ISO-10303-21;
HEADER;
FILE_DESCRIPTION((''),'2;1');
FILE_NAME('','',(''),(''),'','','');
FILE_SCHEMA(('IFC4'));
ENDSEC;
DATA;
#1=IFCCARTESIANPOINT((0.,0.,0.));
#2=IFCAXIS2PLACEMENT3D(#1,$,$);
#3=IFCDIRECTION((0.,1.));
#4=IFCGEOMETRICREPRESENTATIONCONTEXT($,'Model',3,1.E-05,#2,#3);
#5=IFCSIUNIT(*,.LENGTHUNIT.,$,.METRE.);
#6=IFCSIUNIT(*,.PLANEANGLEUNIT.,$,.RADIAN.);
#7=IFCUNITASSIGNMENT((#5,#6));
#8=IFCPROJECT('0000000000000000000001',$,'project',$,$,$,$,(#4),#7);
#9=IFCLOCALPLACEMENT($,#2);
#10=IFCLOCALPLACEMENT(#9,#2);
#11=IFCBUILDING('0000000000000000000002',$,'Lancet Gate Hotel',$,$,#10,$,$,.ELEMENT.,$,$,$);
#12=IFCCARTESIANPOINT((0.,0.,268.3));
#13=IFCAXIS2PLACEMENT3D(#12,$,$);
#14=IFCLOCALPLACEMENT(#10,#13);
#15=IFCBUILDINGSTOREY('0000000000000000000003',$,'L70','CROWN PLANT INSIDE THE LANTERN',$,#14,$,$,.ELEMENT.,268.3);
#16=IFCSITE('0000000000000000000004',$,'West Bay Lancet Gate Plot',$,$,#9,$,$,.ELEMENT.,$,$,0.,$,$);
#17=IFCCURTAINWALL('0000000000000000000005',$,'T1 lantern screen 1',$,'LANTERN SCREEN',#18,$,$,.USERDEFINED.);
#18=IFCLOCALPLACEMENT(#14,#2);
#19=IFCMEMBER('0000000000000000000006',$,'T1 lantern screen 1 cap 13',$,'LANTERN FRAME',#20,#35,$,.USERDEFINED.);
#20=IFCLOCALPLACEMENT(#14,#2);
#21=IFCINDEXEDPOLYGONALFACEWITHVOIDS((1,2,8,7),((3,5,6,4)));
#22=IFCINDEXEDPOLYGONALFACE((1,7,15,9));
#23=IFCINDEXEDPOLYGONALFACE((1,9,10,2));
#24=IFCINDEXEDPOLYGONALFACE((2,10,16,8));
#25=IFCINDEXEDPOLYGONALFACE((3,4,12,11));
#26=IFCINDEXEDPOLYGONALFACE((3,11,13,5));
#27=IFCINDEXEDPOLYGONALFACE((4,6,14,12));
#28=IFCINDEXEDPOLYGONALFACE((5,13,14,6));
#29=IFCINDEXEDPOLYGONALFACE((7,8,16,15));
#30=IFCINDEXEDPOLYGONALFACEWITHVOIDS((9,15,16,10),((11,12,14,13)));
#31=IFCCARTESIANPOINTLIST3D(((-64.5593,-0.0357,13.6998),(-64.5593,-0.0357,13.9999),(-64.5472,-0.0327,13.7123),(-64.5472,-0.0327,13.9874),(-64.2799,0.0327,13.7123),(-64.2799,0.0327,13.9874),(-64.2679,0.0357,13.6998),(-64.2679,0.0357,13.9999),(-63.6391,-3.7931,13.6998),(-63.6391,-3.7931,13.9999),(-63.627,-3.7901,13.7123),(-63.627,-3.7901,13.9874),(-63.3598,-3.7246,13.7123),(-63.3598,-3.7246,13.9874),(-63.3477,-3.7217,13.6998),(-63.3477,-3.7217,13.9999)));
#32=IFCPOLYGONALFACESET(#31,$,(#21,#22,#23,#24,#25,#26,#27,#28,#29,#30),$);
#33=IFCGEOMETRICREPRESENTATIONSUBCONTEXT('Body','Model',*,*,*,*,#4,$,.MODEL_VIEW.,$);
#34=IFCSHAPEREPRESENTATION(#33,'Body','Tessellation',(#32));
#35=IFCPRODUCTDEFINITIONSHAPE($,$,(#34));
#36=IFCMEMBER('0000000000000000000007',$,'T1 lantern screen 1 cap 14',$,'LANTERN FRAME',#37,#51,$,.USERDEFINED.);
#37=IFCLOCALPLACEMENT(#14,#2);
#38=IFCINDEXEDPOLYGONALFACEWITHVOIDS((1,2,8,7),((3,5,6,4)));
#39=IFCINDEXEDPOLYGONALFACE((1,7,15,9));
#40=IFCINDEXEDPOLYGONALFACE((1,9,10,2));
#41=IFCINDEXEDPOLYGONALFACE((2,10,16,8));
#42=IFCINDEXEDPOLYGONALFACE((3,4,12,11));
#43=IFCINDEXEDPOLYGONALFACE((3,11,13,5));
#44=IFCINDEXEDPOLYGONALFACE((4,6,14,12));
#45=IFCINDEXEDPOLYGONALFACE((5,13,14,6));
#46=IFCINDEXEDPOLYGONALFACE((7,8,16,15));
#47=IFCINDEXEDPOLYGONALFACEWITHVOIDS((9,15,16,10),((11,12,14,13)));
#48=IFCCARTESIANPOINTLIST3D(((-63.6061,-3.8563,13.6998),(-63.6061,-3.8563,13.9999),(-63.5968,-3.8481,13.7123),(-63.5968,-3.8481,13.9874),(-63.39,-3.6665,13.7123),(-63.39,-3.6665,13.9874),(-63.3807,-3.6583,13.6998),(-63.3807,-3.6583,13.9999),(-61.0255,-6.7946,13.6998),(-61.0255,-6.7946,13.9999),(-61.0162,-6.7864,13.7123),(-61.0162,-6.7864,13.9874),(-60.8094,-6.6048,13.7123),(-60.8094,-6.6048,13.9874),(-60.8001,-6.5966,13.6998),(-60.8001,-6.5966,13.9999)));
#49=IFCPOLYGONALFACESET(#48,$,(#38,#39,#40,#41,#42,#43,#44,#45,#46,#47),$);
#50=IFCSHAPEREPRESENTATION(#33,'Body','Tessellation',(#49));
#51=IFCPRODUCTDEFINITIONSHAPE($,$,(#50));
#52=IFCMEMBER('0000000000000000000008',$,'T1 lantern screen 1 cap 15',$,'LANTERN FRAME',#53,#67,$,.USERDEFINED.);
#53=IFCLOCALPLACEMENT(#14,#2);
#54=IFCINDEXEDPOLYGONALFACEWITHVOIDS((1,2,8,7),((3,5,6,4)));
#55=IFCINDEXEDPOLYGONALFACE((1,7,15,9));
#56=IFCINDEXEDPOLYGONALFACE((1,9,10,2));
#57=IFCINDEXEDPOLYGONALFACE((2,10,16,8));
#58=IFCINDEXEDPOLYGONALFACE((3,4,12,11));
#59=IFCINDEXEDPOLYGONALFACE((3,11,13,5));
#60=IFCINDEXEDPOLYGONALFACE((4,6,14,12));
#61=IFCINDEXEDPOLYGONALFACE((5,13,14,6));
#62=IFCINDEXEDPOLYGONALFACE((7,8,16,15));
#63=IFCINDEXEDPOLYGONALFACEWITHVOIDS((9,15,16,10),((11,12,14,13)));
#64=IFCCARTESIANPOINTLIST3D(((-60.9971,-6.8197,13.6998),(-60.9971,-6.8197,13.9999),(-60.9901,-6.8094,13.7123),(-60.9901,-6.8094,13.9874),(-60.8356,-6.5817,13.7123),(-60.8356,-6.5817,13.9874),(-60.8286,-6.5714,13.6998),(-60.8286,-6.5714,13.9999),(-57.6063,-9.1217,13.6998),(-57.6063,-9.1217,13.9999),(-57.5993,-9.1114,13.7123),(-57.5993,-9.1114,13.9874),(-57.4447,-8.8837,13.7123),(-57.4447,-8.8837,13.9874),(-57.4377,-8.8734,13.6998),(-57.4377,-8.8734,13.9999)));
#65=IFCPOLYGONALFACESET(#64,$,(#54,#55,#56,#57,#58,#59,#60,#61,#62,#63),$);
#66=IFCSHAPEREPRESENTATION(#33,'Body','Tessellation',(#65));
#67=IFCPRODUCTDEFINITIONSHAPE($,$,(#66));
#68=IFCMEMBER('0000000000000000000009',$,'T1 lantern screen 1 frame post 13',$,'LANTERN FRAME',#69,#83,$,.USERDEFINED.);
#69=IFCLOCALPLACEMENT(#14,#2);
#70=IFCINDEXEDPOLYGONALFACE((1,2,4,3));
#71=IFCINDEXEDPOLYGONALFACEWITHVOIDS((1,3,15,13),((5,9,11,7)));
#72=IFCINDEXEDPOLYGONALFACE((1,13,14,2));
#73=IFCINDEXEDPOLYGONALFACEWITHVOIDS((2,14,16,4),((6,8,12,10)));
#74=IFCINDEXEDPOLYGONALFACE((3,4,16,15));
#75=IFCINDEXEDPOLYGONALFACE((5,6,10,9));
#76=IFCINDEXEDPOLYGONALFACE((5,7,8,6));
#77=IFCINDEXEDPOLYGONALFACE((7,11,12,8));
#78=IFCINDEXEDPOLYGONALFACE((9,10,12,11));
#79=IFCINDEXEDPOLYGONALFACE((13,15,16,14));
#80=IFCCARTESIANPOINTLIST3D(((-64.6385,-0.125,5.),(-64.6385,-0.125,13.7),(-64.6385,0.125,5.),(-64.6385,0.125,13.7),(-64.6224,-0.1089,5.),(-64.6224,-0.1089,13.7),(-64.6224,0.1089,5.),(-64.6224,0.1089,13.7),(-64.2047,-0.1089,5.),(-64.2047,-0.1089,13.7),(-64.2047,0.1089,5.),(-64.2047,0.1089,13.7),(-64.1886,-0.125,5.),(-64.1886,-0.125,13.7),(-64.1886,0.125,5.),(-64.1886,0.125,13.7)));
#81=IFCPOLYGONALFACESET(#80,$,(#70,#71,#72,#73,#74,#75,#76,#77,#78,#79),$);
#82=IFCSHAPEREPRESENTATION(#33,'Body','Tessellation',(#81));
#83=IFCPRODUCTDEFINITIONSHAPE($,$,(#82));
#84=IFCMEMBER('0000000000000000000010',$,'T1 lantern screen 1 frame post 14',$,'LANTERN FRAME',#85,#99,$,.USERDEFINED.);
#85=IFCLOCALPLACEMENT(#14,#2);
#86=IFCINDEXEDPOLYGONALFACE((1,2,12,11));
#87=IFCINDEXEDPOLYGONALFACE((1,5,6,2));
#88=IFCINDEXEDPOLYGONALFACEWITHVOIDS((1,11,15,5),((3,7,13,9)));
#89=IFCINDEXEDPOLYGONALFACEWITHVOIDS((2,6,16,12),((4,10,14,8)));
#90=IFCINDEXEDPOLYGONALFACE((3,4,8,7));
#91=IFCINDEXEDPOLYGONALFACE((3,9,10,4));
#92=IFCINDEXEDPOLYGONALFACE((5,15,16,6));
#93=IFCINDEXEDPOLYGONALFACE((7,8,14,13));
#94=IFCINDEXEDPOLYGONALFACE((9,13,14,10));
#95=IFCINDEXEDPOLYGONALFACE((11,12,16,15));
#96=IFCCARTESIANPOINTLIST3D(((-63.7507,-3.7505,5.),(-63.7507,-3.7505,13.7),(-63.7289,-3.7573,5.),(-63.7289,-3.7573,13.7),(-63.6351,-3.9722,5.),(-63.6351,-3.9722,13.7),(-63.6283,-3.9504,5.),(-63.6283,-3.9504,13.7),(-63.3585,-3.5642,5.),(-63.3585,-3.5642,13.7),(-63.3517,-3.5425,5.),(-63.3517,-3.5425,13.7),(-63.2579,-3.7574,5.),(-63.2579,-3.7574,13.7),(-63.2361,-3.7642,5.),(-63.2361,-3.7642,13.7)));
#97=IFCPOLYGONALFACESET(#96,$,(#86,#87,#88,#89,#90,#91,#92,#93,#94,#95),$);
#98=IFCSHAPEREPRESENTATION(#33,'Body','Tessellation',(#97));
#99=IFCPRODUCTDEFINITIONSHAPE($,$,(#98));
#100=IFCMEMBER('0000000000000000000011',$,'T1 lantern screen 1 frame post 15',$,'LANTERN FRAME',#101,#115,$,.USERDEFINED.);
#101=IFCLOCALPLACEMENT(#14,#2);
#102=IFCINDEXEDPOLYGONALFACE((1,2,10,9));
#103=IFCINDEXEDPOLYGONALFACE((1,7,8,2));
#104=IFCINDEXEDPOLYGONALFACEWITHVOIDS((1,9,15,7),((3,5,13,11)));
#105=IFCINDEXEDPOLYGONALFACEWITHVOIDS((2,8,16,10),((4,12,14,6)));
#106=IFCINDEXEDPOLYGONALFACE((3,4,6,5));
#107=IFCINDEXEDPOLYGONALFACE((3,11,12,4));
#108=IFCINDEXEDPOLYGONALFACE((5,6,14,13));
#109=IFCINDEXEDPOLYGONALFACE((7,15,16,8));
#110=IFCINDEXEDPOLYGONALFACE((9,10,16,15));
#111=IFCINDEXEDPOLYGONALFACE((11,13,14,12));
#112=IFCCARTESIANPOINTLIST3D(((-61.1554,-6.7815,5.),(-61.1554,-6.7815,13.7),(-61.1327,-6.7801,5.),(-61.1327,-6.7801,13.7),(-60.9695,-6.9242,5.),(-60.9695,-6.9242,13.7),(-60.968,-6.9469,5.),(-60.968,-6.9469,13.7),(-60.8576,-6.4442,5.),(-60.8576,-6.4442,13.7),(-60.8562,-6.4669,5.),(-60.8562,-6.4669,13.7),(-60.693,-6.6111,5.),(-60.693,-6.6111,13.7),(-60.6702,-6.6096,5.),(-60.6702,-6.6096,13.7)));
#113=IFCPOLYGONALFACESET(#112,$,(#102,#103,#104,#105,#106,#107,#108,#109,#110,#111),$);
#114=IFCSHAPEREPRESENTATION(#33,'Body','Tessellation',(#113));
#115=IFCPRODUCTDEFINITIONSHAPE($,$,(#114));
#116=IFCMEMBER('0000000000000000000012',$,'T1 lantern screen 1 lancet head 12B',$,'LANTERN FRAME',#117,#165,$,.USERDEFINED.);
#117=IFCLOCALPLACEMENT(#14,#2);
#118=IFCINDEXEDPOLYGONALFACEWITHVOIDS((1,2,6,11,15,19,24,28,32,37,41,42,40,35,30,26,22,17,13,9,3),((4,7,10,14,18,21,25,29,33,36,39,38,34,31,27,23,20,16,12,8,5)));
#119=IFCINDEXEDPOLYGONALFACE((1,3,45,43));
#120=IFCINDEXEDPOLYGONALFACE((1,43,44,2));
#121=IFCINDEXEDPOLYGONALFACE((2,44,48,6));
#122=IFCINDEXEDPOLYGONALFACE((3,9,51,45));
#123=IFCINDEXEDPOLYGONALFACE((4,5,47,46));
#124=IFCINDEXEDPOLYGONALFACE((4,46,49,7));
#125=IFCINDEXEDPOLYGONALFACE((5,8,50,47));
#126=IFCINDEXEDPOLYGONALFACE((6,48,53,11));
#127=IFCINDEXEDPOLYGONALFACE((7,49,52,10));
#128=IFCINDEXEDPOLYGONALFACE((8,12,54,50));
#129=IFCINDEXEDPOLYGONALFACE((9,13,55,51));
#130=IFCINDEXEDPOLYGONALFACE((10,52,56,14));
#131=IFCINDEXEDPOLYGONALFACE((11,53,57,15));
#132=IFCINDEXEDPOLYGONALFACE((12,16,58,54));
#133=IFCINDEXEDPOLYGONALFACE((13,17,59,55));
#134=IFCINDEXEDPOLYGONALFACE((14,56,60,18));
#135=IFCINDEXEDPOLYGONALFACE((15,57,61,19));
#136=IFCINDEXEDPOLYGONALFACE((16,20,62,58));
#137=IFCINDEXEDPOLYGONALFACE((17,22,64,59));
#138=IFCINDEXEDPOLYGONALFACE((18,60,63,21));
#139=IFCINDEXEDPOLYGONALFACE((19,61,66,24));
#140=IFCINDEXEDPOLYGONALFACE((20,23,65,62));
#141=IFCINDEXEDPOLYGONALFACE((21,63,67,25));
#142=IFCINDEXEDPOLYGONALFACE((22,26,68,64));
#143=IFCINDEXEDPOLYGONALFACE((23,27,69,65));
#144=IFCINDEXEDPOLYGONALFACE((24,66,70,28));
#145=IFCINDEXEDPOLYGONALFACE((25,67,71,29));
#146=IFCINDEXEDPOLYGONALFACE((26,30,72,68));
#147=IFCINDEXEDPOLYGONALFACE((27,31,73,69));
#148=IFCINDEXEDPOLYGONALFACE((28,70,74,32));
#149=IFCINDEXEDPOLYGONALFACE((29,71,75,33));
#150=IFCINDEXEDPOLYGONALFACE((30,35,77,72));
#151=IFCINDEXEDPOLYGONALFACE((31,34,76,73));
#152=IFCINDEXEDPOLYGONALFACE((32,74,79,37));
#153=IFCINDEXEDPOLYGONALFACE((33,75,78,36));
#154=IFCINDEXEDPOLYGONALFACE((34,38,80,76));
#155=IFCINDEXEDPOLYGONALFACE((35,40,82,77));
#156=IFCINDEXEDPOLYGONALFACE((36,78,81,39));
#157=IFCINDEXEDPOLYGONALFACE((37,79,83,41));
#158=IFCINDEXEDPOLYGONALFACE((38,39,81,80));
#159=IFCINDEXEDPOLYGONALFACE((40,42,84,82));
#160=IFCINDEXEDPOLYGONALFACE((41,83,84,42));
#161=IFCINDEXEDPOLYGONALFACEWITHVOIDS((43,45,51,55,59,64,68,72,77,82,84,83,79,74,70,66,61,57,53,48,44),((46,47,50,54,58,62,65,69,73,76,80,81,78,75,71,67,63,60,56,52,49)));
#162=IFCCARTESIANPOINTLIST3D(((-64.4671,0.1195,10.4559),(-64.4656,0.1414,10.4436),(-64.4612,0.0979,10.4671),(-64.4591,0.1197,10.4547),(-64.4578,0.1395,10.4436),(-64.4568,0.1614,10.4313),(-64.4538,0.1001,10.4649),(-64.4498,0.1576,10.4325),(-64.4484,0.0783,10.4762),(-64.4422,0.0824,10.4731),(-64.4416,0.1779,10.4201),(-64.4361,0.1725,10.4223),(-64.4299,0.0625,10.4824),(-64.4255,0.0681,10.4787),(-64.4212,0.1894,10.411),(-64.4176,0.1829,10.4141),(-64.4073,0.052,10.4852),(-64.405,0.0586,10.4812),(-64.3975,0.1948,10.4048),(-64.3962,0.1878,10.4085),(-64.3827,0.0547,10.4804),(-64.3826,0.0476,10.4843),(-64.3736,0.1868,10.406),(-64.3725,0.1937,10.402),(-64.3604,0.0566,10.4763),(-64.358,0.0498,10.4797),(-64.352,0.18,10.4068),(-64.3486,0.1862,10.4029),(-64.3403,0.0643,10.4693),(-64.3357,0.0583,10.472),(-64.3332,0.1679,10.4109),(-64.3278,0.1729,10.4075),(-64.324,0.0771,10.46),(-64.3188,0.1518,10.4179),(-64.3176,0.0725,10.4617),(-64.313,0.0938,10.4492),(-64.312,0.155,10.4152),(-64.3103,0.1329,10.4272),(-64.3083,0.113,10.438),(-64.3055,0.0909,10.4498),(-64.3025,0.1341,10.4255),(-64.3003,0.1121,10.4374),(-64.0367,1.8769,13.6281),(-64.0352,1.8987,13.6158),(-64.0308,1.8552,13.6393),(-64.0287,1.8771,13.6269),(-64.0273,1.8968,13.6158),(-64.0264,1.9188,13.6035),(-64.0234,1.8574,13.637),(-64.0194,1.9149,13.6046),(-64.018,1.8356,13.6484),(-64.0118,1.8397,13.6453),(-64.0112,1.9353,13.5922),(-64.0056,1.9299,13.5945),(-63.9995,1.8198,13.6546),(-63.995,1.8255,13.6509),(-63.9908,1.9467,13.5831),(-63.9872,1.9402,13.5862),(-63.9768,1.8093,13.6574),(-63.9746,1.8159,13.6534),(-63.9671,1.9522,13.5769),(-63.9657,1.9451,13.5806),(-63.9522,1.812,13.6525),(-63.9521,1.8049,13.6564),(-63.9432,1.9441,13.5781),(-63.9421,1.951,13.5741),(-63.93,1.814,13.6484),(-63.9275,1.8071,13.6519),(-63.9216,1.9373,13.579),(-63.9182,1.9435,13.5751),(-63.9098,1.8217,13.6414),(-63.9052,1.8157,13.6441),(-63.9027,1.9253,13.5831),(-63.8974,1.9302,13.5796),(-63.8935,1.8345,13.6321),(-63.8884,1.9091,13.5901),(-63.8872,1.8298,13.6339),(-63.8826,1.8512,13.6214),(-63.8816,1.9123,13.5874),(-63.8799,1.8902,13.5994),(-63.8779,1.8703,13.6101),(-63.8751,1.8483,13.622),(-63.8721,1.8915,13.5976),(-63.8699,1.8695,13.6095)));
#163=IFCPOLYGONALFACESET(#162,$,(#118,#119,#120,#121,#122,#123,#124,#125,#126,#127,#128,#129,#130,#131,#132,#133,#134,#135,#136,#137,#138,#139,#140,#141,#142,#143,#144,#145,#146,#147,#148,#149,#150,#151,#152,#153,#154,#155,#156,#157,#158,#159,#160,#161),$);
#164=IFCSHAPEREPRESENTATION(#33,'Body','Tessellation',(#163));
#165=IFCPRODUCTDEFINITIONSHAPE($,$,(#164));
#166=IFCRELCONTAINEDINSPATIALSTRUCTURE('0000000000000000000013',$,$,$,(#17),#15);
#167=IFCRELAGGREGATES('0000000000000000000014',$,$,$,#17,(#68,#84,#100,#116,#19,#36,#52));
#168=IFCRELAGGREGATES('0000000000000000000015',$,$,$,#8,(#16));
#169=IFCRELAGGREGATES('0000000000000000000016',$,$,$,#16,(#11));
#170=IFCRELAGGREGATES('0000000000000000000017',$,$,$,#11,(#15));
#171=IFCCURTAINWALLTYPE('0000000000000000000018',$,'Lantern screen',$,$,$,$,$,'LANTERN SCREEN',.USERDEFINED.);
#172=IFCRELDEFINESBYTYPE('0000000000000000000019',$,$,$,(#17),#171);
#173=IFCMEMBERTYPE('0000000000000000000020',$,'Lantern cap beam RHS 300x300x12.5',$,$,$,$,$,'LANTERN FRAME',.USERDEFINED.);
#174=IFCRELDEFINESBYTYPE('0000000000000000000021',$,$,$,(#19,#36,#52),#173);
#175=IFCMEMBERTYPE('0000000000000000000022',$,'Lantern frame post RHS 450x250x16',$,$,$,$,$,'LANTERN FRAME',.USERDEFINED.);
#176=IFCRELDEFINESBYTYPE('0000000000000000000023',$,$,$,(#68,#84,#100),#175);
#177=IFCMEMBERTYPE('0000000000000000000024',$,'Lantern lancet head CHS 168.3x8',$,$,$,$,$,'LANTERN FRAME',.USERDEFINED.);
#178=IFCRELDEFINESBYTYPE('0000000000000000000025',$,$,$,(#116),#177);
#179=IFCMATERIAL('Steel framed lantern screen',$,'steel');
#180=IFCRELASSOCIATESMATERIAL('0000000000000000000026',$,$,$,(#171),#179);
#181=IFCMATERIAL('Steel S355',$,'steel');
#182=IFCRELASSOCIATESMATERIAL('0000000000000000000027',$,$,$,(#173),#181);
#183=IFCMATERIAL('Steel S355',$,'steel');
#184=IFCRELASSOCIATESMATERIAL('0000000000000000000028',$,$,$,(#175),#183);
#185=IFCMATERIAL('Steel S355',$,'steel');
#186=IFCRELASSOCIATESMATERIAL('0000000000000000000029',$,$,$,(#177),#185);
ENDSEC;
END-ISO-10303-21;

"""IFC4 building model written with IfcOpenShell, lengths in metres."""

from ifc_helpers import new_model, si_unit, direction, frame, origin, origin_2d, place, context, subcontext, project, spatial, hollow_rectangle, hollow_circle, extrude, material, material_profile, profile_set, type_object, element, aggregate, save


model = new_model("IFC4")

# Units and contexts
model_context = context("Model", 3, precision=1e-05, world=origin(), true_north=direction((0.0, 1.0)))
body_context = subcontext(model_context, "Body", "Model", "MODEL_VIEW")
ifc_project = project(units=[si_unit("LENGTHUNIT", "METRE"), si_unit("PLANEANGLEUNIT", "RADIAN")], contexts=[model_context])

# Site, building, storey
site_placement = place(None, origin())
site = spatial("IfcSite", under=ifc_project, at=site_placement, Name="West Bay Lancet Gate Plot", CompositionType="ELEMENT", RefElevation=0.0)
building_placement = place(site_placement, origin())
building = spatial("IfcBuilding", under=site, at=building_placement, Name="Lancet Gate Hotel", CompositionType="ELEMENT")
storey_placement = place(building_placement, frame((0.0, 0.0, 268.3)))
storey = spatial("IfcBuildingStorey", under=building, at=storey_placement, Name="L70", Description="CROWN PLANT INSIDE THE LANTERN", CompositionType="ELEMENT", Elevation=268.3)

# Curtain wall, members
ifc_material_1 = material(Name="Steel framed lantern screen", Category="steel")
curtain_wall_type_1 = type_object("IfcCurtainWallType", Name="Lantern screen", ElementType="LANTERN SCREEN", PredefinedType="USERDEFINED", material=ifc_material_1)
curtain_wall_1_placement = place(storey_placement, origin())
curtain_wall_1 = element("IfcCurtainWall", 1, at=curtain_wall_1_placement, inside=storey, type_object=curtain_wall_type_1, Name="T1 lantern screen 1", ObjectType="LANTERN SCREEN", PredefinedType="USERDEFINED")
ifc_material_2 = material(Name="Steel S355", Category="steel")
ifc_material_profile_1 = material_profile(ifc_material_2, hollow_rectangle(XDim=0.3, YDim=0.3, WallThickness=0.0125, at=origin_2d()), Name="RHS 300x300x12.5")
ifc_profile_set_1 = profile_set([ifc_material_profile_1], Name="Steel S355")
member_type_1 = type_object("IfcMemberType", Name="Lantern cap beam RHS 300x300x12.5", ElementType="LANTERN FRAME", PredefinedType="USERDEFINED", material=ifc_profile_set_1)
member_1_placement = place(storey_placement, frame((-64.4136, 0.0, 13.8499), z_axis=(0.23787, -0.971297, 0.0), x_axis=(0.971297, 0.23787, 0.0)))
member_1 = element("IfcMember", 2, at=member_1_placement, type_object=member_type_1, Name="T1 lantern screen 1 cap 13", ObjectType="LANTERN FRAME", PredefinedType="USERDEFINED", context=body_context, shape_type="SweptSolid", body=[
    extrude(hollow_rectangle(XDim=0.3, YDim=0.3, WallThickness=0.0125, at=origin_2d()), origin(), (0.0, 0.0, 1.0), 3.8684),
])
member_2_placement = place(storey_placement, frame((-63.4934, -3.7573, 13.8499), z_axis=(0.659896, -0.751357, 0.0), x_axis=(0.751357, 0.659896, 0.0)))
member_2 = element("IfcMember", 3, at=member_2_placement, type_object=member_type_1, Name="T1 lantern screen 1 cap 14", ObjectType="LANTERN FRAME", PredefinedType="USERDEFINED", context=body_context, shape_type="SweptSolid", body=[
    extrude(hollow_rectangle(XDim=0.3, YDim=0.3, WallThickness=0.0125, at=origin_2d()), origin(), (0.0, 0.0, 1.0), 3.9106),
])
member_3_placement = place(storey_placement, frame((-60.9128, -6.6956, 13.8499), z_axis=(0.827356, -0.561678, 0.0), x_axis=(0.561678, 0.827356, 0.0)))
member_3 = element("IfcMember", 4, at=member_3_placement, type_object=member_type_1, Name="T1 lantern screen 1 cap 15", ObjectType="LANTERN FRAME", PredefinedType="USERDEFINED", context=body_context, shape_type="SweptSolid", body=[
    extrude(hollow_rectangle(XDim=0.3, YDim=0.3, WallThickness=0.0125, at=origin_2d()), origin(), (0.0, 0.0, 1.0), 4.0984),
])
ifc_material_3 = material(Name="Steel S355", Category="steel")
ifc_material_profile_2 = material_profile(ifc_material_3, hollow_rectangle(XDim=0.25, YDim=0.45, WallThickness=0.0161, at=origin_2d()), Name="RHS 450x250x16")
ifc_profile_set_2 = profile_set([ifc_material_profile_2], Name="Steel S355")
member_type_2 = type_object("IfcMemberType", Name="Lantern frame post RHS 450x250x16", ElementType="LANTERN FRAME", PredefinedType="USERDEFINED", material=ifc_profile_set_2)
member_4_placement = place(storey_placement, frame((-64.4136, 0.0, 5.0), z_axis=(0.0, 0.0, 1.0), x_axis=(0.0, -1.0, 0.0)))
member_4 = element("IfcMember", 5, at=member_4_placement, type_object=member_type_2, Name="T1 lantern screen 1 frame post 13", ObjectType="LANTERN FRAME", PredefinedType="USERDEFINED", context=body_context, shape_type="SweptSolid", body=[
    extrude(hollow_rectangle(XDim=0.25, YDim=0.45, WallThickness=0.0161, at=origin_2d()), origin(), (0.0, 0.0, 1.0), 8.7),
])
member_5_placement = place(storey_placement, frame((-63.4934, -3.7573, 5.0), z_axis=(0.0, 0.0, 1.0), x_axis=(0.462178, -0.886787, 0.0)))
member_5 = element("IfcMember", 6, at=member_5_placement, type_object=member_type_2, Name="T1 lantern screen 1 frame post 14", ObjectType="LANTERN FRAME", PredefinedType="USERDEFINED", context=body_context, shape_type="SweptSolid", body=[
    extrude(hollow_rectangle(XDim=0.25, YDim=0.45, WallThickness=0.0161, at=origin_2d()), origin(), (0.0, 0.0, 1.0), 8.7),
])
member_6_placement = place(storey_placement, frame((-60.9128, -6.6956, 5.0), z_axis=(0.0, 0.0, 1.0), x_axis=(0.749639, -0.661847, 0.0)))
member_6 = element("IfcMember", 7, at=member_6_placement, type_object=member_type_2, Name="T1 lantern screen 1 frame post 15", ObjectType="LANTERN FRAME", PredefinedType="USERDEFINED", context=body_context, shape_type="SweptSolid", body=[
    extrude(hollow_rectangle(XDim=0.25, YDim=0.45, WallThickness=0.0161, at=origin_2d()), origin(), (0.0, 0.0, 1.0), 8.7),
])
ifc_material_4 = material(Name="Steel S355", Category="steel")
ifc_material_profile_3 = material_profile(ifc_material_4, hollow_circle(Radius=0.0842, WallThickness=0.0081, at=origin_2d()), Name="CHS 168.3x8.0")
ifc_profile_set_3 = profile_set([ifc_material_profile_3], Name="Steel S355")
member_type_3 = type_object("IfcMemberType", Name="Lantern lancet head CHS 168.3x8", ElementType="LANTERN FRAME", PredefinedType="USERDEFINED", material=ifc_profile_set_3)
member_7_placement = place(storey_placement, frame((-64.3838, 0.1213, 10.4436), z_axis=(0.117864, 0.481219, 0.868641), x_axis=(-0.97129, 0.237897, 0.0)))
member_7 = element("IfcMember", 8, at=member_7_placement, type_object=member_type_3, Name="T1 lantern screen 1 lancet head 12B", ObjectType="LANTERN FRAME", PredefinedType="USERDEFINED", context=body_context, shape_type="SweptSolid", body=[
    extrude(hollow_circle(Radius=0.0842, WallThickness=0.0081, at=origin_2d()), origin(), (0.0, 0.0, 1.0), 3.6519),
])

aggregate(curtain_wall_1, [member_4, member_5, member_6, member_7, member_1, member_2, member_3])

save(model, "model.ifc")
